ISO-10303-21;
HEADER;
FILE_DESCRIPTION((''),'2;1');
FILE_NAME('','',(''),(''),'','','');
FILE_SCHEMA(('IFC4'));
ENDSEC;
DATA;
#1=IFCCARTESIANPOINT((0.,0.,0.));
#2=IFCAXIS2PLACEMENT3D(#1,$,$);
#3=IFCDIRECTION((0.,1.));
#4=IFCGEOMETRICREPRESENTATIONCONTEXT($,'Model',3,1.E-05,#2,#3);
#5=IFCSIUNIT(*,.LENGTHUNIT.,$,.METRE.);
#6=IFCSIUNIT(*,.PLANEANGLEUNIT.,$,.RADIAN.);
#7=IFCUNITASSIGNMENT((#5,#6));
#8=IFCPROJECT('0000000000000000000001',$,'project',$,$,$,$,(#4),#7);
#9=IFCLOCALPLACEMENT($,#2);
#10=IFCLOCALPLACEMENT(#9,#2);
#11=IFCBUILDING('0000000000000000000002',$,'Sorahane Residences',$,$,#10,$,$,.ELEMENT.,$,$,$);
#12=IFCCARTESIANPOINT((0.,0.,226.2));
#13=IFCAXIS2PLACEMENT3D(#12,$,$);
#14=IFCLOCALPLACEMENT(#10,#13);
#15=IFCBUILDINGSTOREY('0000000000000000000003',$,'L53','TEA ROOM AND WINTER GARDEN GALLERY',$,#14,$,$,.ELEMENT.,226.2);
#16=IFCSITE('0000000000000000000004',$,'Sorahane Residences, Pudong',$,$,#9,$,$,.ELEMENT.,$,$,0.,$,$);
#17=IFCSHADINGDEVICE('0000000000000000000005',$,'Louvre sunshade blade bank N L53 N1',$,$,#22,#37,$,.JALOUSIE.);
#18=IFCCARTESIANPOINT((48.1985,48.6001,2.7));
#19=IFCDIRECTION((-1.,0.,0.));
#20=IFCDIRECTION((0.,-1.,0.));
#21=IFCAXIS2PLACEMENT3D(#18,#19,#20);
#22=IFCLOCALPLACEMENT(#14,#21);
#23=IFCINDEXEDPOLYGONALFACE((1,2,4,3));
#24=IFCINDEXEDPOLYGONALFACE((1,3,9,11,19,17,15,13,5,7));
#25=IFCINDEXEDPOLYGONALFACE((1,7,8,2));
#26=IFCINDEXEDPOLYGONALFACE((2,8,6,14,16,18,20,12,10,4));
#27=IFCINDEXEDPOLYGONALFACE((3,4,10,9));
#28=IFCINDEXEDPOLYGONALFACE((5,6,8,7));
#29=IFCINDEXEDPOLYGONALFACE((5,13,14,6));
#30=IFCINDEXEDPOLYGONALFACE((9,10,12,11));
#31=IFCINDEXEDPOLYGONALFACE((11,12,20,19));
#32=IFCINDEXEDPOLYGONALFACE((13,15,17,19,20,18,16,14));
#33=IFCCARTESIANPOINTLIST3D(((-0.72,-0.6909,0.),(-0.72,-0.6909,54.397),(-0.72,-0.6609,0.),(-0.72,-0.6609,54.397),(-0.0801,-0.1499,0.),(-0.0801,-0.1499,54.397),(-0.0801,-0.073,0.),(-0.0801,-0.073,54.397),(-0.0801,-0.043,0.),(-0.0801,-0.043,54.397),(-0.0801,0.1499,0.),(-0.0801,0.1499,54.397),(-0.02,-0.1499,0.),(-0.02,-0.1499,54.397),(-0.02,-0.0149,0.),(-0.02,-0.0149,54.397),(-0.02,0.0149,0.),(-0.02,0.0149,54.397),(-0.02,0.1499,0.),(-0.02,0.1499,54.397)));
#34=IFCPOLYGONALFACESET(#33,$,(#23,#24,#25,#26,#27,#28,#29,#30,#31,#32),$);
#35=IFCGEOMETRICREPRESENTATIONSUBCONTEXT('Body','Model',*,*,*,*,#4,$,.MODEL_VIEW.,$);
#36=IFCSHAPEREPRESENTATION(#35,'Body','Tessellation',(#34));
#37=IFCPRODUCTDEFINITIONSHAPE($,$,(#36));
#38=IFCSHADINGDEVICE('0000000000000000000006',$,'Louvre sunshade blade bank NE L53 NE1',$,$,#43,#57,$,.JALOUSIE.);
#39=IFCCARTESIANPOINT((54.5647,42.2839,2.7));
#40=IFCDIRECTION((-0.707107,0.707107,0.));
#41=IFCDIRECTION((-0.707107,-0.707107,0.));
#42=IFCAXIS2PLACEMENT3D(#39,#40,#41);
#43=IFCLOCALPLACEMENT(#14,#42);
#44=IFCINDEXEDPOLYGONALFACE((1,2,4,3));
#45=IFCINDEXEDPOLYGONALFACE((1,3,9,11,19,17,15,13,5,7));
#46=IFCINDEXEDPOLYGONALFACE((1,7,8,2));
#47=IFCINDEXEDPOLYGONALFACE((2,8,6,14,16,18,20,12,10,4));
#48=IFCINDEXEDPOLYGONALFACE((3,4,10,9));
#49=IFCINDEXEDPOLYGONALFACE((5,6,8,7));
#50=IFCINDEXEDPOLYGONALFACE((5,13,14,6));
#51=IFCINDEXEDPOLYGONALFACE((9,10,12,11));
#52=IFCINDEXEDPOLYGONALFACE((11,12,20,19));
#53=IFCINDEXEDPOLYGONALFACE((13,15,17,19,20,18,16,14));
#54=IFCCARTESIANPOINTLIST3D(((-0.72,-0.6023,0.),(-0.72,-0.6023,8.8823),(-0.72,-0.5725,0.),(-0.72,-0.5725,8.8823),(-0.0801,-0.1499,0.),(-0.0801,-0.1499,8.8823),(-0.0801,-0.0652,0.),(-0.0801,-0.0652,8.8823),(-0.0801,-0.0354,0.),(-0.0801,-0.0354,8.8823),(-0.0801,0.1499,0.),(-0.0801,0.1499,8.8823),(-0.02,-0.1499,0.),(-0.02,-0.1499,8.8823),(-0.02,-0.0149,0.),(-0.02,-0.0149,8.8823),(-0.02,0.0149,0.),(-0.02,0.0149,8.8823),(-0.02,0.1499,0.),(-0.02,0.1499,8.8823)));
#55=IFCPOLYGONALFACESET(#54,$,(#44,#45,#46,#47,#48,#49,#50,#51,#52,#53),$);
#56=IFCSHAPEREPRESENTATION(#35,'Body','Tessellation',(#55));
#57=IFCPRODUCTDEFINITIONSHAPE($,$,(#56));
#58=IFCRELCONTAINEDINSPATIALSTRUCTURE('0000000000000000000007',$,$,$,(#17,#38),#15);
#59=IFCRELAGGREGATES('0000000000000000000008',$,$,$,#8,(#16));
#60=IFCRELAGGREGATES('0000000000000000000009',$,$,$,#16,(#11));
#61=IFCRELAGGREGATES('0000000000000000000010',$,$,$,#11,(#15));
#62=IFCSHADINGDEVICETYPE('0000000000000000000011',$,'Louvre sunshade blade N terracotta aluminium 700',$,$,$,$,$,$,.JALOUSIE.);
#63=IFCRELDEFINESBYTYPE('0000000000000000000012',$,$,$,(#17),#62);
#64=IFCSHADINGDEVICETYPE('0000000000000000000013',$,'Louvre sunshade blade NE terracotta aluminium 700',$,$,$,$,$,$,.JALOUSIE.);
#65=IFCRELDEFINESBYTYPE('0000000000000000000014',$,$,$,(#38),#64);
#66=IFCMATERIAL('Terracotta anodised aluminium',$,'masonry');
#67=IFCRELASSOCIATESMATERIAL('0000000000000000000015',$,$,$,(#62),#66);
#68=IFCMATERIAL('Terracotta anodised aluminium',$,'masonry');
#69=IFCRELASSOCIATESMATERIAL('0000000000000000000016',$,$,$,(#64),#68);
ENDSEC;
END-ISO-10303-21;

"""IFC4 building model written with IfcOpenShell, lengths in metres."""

from ifc_helpers import new_model, si_unit, direction, frame, origin, place, context, subcontext, project, spatial, polyline, outline, extrude, material, type_object, element, save


model = new_model("IFC4")

# Units and contexts
model_context = context("Model", 3, precision=1e-05, world=origin(), true_north=direction((0.0, 1.0)))
body_context = subcontext(model_context, "Body", "Model", "MODEL_VIEW")
ifc_project = project(units=[si_unit("LENGTHUNIT", "METRE"), si_unit("PLANEANGLEUNIT", "RADIAN")], contexts=[model_context])

# Site, building, storey
site_placement = place(None, origin())
site = spatial("IfcSite", under=ifc_project, at=site_placement, Name="Sorahane Residences, Pudong", CompositionType="ELEMENT", RefElevation=0.0)
building_placement = place(site_placement, origin())
building = spatial("IfcBuilding", under=site, at=building_placement, Name="Sorahane Residences", CompositionType="ELEMENT")
storey_placement = place(building_placement, frame((0.0, 0.0, 226.2)))
storey = spatial("IfcBuildingStorey", under=building, at=storey_placement, Name="L53", Description="TEA ROOM AND WINTER GARDEN GALLERY", CompositionType="ELEMENT", Elevation=226.2)

# Shading devices
ifc_material_1 = material(Name="Terracotta anodised aluminium", Category="masonry")
shading_device_type_1 = type_object("IfcShadingDeviceType", Name="Louvre sunshade blade N terracotta aluminium 700", PredefinedType="JALOUSIE", material=ifc_material_1)
shading_device_1_placement = place(storey_placement, frame((48.1985, 48.6001, 2.7), z_axis=(-1.0, 0.0, 0.0), x_axis=(0.0, -1.0, 0.0)))
element("IfcShadingDevice", 1, at=shading_device_1_placement, inside=storey, type_object=shading_device_type_1, Name="Louvre sunshade blade bank N L53 N1", PredefinedType="JALOUSIE", context=body_context, shape_type="SweptSolid", body=[
    extrude(outline(polyline([(-0.72, -0.6609), (-0.72, -0.6909), (-0.0801, -0.073), (-0.0801, -0.1499), (-0.02, -0.1499), (-0.02, -0.0149), (-0.02, 0.0149), (-0.02, 0.1499), (-0.0801, 0.1499), (-0.0801, -0.043), (-0.72, -0.6609)])), origin(), (0.0, 0.0, 1.0), 54.397),
])
ifc_material_2 = material(Name="Terracotta anodised aluminium", Category="masonry")
shading_device_type_2 = type_object("IfcShadingDeviceType", Name="Louvre sunshade blade NE terracotta aluminium 700", PredefinedType="JALOUSIE", material=ifc_material_2)
shading_device_2_placement = place(storey_placement, frame((54.5647, 42.2839, 2.7), z_axis=(-0.707107, 0.707107, 0.0), x_axis=(-0.707107, -0.707107, 0.0)))
element("IfcShadingDevice", 2, at=shading_device_2_placement, inside=storey, type_object=shading_device_type_2, Name="Louvre sunshade blade bank NE L53 NE1", PredefinedType="JALOUSIE", context=body_context, shape_type="SweptSolid", body=[
    extrude(outline(polyline([(-0.72, -0.5725), (-0.72, -0.6023), (-0.0801, -0.0652), (-0.0801, -0.1499), (-0.02, -0.1499), (-0.02, -0.0149), (-0.02, 0.0149), (-0.02, 0.1499), (-0.0801, 0.1499), (-0.0801, -0.0354), (-0.72, -0.5725)])), origin(), (0.0, 0.0, 1.0), 8.8823),
])

save(model, "model.ifc")
